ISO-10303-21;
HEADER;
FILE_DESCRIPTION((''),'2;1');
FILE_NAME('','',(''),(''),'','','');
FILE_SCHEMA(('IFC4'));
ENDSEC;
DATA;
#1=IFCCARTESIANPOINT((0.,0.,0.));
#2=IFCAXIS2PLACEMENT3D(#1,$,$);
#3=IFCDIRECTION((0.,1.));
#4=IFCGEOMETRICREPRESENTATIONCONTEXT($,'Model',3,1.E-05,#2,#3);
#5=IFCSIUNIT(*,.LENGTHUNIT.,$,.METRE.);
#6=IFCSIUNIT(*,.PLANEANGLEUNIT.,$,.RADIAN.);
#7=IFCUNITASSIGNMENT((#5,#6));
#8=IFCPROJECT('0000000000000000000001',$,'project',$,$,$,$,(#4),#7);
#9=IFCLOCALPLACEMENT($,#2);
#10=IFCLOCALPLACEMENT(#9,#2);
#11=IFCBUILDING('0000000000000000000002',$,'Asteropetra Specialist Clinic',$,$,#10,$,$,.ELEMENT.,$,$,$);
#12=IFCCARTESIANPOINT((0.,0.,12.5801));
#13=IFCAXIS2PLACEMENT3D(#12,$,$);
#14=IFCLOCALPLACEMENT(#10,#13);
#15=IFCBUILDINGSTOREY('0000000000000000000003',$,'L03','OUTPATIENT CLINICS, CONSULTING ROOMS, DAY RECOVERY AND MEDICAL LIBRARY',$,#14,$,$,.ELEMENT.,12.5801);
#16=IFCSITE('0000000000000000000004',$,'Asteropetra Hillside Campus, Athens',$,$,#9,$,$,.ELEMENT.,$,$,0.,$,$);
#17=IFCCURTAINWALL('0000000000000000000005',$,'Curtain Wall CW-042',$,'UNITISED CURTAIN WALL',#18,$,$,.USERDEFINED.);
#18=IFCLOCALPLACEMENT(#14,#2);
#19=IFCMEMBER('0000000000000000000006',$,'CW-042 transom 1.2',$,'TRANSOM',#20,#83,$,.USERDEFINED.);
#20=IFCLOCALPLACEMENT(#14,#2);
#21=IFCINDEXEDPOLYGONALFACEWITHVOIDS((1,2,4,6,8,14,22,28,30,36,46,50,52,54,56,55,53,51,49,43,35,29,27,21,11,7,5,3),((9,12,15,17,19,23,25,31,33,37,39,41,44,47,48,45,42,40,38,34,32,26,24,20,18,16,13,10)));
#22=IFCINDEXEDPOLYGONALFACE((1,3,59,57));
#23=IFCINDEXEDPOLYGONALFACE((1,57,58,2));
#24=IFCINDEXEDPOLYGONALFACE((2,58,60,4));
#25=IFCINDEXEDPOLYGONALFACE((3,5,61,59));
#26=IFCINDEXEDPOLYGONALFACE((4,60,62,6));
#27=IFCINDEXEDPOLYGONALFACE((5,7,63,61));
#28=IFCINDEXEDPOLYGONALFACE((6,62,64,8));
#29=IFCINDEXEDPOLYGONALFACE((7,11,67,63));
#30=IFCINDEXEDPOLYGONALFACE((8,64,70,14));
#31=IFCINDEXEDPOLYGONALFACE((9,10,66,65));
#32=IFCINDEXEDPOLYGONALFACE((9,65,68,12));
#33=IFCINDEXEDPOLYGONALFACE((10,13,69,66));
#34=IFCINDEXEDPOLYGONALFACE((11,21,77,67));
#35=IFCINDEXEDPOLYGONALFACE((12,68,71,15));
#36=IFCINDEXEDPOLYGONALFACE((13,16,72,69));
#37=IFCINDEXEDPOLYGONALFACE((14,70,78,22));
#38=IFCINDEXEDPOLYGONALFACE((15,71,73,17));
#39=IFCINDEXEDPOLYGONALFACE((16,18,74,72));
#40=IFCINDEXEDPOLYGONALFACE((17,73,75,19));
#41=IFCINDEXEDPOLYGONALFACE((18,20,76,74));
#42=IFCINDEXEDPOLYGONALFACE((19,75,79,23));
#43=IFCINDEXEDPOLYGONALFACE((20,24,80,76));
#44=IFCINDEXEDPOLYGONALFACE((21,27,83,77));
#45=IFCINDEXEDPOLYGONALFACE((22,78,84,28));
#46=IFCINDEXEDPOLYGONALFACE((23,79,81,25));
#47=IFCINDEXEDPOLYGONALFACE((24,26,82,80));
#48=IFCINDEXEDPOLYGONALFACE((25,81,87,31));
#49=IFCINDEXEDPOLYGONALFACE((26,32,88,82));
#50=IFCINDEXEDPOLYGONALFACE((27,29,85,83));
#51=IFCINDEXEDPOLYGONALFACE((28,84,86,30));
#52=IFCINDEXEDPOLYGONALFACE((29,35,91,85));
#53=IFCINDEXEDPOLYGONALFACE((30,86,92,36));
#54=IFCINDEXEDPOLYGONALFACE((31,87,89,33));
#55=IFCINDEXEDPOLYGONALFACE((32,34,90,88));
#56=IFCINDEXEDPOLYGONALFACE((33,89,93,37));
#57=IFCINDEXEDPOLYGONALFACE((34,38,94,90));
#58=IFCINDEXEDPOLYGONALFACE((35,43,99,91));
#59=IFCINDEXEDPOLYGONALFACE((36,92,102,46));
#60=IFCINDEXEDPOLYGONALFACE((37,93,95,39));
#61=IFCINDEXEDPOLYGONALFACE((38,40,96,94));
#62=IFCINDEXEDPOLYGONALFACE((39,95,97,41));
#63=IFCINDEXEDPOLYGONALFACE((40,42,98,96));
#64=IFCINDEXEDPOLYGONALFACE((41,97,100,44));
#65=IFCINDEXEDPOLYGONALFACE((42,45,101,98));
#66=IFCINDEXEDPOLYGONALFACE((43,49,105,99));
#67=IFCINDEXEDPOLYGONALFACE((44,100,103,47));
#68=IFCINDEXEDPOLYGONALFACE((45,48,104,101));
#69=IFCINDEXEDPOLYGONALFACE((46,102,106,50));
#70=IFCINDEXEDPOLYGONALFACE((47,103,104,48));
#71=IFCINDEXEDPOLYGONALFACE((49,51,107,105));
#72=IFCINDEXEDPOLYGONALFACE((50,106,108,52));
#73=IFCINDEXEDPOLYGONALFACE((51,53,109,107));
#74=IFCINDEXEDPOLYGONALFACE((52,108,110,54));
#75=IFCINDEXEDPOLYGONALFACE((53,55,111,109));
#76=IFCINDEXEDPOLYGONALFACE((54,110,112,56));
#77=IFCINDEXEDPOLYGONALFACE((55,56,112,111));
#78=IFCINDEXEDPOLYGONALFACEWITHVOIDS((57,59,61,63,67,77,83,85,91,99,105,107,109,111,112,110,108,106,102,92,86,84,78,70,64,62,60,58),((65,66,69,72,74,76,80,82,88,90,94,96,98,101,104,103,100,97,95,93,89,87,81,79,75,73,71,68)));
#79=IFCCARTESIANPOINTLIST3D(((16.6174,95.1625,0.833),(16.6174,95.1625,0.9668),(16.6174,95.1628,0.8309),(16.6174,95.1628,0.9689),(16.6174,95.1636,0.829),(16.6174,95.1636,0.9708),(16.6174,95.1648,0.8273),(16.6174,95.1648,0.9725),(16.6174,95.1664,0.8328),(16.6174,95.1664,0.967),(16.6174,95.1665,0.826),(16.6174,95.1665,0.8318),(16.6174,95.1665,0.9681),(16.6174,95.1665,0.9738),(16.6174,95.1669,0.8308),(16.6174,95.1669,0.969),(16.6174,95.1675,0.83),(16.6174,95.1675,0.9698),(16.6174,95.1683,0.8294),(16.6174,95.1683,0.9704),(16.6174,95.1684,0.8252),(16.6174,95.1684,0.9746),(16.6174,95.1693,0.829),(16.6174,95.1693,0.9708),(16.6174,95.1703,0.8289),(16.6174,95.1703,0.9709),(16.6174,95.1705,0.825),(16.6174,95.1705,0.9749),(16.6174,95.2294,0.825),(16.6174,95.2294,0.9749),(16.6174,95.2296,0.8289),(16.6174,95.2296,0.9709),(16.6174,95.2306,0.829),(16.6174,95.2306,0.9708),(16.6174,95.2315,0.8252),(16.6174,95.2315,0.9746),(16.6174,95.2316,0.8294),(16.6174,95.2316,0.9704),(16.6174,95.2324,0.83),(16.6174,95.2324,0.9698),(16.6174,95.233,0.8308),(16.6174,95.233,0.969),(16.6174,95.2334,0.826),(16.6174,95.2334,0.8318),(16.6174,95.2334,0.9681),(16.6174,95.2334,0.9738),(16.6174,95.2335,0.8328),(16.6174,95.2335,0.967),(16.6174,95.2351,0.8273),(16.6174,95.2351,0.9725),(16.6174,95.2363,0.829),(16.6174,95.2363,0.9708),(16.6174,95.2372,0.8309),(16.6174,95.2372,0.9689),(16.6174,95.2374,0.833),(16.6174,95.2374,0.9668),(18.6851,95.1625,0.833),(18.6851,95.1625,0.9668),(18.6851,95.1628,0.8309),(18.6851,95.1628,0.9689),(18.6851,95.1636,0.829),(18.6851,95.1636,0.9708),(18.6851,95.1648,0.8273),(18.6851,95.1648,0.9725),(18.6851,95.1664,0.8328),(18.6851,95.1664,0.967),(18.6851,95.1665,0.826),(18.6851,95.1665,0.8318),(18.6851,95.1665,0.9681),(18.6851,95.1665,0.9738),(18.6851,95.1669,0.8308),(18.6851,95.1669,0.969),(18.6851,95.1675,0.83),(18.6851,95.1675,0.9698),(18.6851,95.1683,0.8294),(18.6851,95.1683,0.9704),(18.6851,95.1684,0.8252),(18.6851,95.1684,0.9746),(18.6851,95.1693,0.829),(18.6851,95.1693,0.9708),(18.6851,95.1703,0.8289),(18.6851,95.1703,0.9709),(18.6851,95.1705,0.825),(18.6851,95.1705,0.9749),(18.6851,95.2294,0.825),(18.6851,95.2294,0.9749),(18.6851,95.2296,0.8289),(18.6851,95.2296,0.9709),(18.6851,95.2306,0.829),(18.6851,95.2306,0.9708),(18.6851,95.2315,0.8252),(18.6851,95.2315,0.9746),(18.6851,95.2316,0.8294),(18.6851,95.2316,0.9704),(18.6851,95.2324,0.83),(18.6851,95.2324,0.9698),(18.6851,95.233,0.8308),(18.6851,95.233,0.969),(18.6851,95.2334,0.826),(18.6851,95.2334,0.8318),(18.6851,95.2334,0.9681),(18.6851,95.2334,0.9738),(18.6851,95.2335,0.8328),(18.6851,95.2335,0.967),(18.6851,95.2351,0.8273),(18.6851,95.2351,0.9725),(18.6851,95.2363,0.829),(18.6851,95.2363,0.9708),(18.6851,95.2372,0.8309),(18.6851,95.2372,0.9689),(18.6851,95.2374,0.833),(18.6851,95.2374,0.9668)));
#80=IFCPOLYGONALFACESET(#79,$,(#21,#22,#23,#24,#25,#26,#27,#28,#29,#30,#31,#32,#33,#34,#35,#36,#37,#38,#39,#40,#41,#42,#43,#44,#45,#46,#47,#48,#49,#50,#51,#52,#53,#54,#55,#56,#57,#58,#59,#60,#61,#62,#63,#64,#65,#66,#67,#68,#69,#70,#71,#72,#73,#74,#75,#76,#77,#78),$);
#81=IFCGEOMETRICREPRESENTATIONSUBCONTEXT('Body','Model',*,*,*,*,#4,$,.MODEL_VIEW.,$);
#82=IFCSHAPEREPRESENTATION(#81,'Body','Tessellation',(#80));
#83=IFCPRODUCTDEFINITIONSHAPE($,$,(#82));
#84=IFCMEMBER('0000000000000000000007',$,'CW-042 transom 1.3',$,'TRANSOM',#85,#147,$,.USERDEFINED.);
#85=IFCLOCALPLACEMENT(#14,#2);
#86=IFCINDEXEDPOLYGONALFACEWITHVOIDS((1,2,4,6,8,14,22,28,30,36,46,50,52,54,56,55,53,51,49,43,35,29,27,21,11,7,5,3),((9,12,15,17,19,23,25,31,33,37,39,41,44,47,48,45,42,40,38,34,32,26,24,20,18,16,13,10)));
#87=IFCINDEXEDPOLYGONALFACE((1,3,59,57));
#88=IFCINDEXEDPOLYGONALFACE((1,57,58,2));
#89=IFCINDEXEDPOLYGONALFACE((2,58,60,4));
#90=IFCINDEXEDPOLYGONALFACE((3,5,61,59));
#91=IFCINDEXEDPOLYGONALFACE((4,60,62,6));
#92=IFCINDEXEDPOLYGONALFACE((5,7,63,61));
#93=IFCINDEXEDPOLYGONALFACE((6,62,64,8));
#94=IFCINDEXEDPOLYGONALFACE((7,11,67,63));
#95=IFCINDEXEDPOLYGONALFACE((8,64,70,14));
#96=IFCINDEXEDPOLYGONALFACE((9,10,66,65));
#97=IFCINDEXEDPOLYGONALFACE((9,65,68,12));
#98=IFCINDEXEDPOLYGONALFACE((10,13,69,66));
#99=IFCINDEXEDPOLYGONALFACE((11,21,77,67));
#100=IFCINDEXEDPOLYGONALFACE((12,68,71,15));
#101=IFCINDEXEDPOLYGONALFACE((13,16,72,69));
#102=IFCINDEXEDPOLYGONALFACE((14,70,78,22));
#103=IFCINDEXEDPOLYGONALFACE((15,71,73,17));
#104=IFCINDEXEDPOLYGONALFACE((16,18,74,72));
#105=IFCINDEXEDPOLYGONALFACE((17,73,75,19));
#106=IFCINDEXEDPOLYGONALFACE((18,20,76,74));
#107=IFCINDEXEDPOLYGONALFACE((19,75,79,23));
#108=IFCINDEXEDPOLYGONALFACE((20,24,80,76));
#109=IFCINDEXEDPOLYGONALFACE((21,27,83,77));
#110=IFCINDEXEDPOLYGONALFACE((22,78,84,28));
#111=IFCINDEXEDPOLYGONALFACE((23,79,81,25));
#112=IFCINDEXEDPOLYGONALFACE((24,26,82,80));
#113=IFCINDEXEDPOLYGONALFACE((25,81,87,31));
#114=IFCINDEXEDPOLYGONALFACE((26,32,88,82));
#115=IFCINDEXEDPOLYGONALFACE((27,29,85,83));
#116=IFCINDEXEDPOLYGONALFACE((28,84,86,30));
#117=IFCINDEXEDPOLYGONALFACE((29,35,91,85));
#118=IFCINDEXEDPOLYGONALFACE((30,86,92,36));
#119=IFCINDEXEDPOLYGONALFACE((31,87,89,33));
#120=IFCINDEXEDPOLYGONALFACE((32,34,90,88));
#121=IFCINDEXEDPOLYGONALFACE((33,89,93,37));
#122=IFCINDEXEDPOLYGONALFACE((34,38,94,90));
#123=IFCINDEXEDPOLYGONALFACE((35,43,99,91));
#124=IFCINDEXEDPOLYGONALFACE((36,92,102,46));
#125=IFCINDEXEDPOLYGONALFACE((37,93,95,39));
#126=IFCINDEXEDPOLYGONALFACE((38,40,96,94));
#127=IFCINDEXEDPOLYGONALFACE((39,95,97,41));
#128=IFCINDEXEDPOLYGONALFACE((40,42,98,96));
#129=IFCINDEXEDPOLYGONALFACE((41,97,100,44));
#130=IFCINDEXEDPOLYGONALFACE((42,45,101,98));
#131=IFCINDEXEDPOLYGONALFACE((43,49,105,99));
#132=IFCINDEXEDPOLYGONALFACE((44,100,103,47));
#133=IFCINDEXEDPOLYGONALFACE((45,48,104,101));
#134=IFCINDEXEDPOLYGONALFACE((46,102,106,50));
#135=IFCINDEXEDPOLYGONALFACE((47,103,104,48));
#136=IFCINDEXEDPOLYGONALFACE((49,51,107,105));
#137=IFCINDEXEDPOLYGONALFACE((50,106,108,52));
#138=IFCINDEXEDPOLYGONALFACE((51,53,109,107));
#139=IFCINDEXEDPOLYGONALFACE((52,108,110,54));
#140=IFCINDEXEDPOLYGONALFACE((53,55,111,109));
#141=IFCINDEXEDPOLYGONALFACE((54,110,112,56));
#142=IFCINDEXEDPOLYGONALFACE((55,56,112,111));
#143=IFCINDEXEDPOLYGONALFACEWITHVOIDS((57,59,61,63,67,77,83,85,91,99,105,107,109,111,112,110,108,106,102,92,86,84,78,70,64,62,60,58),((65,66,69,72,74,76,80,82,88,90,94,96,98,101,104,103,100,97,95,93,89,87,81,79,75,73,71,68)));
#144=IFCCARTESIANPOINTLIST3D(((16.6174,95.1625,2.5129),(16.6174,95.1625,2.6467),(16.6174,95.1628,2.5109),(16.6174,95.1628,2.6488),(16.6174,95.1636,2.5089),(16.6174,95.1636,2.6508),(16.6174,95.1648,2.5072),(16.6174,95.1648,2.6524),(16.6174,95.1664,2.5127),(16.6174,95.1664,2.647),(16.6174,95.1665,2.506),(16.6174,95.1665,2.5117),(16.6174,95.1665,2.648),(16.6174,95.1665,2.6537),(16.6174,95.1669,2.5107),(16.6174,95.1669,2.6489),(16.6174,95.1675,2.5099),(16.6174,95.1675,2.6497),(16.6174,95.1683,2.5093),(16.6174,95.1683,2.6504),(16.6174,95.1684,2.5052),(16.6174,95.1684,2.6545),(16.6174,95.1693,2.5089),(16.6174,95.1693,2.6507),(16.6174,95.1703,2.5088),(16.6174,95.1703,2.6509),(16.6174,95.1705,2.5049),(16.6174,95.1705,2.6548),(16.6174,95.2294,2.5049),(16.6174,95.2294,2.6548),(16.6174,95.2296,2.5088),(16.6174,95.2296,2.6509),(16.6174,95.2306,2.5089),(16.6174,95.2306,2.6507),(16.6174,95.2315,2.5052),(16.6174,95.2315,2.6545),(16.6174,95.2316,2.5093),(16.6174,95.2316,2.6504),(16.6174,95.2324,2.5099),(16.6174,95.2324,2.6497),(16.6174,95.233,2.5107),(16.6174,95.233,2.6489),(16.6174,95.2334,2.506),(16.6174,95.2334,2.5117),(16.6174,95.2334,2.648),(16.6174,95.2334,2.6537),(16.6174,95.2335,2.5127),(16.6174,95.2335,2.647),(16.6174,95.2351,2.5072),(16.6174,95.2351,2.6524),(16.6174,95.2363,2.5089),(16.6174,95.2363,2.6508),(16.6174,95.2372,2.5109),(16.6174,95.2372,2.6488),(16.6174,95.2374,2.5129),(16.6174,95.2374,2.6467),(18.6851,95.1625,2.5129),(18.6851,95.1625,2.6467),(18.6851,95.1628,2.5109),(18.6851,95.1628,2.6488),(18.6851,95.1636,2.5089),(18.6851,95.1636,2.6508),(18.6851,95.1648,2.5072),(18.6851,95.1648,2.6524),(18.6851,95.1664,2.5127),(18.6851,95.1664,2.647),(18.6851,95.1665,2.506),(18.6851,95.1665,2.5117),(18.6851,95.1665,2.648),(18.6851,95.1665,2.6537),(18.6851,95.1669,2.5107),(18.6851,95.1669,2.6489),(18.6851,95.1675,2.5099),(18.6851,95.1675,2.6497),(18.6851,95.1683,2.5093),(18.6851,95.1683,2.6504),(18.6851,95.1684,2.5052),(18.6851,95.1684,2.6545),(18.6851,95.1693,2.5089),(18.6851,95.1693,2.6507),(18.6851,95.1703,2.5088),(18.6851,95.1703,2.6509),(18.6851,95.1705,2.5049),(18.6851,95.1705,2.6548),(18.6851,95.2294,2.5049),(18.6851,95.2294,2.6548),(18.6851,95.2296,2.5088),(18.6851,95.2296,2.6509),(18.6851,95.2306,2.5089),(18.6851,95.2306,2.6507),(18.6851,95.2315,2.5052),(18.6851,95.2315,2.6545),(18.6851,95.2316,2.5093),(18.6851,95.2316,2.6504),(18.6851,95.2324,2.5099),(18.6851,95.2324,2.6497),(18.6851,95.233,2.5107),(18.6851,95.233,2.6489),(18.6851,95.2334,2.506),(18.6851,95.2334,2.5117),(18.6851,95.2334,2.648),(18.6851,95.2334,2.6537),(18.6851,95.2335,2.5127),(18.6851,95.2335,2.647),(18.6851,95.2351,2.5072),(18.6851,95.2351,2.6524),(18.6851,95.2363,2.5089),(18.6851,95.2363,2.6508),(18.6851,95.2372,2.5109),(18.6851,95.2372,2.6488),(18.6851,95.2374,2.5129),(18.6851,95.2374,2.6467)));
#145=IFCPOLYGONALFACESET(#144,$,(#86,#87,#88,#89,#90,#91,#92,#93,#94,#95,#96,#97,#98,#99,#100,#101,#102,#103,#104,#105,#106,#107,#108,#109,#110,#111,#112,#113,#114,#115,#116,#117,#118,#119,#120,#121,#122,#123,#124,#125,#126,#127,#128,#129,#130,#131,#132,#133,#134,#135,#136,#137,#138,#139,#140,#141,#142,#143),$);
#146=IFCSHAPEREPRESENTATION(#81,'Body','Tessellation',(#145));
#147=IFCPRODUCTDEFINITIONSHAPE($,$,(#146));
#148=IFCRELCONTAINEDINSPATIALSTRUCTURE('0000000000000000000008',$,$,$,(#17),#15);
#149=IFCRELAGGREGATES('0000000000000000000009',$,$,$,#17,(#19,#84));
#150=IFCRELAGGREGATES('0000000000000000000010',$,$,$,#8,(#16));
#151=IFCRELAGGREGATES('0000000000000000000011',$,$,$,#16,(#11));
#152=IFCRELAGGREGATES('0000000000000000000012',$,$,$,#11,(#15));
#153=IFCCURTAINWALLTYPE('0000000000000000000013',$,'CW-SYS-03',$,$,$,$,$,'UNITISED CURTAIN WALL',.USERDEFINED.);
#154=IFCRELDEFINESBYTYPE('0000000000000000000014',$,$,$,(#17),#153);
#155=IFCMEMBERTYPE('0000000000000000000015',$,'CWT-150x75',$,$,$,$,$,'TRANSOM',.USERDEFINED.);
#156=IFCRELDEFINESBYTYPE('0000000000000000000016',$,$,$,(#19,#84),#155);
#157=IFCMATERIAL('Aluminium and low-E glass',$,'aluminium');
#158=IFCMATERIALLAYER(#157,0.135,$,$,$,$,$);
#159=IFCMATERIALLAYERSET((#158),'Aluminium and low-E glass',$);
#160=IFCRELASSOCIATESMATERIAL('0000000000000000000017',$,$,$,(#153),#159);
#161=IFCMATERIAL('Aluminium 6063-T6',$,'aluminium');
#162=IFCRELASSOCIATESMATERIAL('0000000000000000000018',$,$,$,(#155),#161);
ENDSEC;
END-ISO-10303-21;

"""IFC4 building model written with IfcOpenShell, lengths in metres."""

from ifc_helpers import new_model, si_unit, direction, frame, origin, origin_2d, place, context, subcontext, project, spatial, hollow_rectangle, extrude, material, layer, layer_set, material_profile, profile_set, type_object, element, aggregate, save


model = new_model("IFC4")

# Units and contexts
model_context = context("Model", 3, precision=1e-05, world=origin(), true_north=direction((0.0, 1.0)))
body_context = subcontext(model_context, "Body", "Model", "MODEL_VIEW")
ifc_project = project(units=[si_unit("LENGTHUNIT", "METRE"), si_unit("PLANEANGLEUNIT", "RADIAN")], contexts=[model_context])

# Site, building, storey
site_placement = place(None, origin())
site = spatial("IfcSite", under=ifc_project, at=site_placement, Name="Asteropetra Hillside Campus, Athens", CompositionType="ELEMENT", RefElevation=0.0)
building_placement = place(site_placement, origin())
building = spatial("IfcBuilding", under=site, at=building_placement, Name="Asteropetra Specialist Clinic", CompositionType="ELEMENT")
storey_placement = place(building_placement, frame((0.0, 0.0, 12.5801)))
storey = spatial("IfcBuildingStorey", under=building, at=storey_placement, Name="L03", Description="OUTPATIENT CLINICS, CONSULTING ROOMS, DAY RECOVERY AND MEDICAL LIBRARY", CompositionType="ELEMENT", Elevation=12.5801)

# Curtain wall
ifc_material_1 = material(Name="Aluminium and low-E glass", Category="aluminium")
ifc_layer_1 = layer(ifc_material_1, 0.135)
ifc_layer_set_1 = layer_set([ifc_layer_1], Name="Aluminium and low-E glass")
curtain_wall_type_1 = type_object("IfcCurtainWallType", Name="CW-SYS-03", ElementType="UNITISED CURTAIN WALL", PredefinedType="USERDEFINED", material=ifc_layer_set_1)
curtain_wall_1_placement = place(storey_placement, origin())
curtain_wall_1 = element("IfcCurtainWall", 1, at=curtain_wall_1_placement, inside=storey, type_object=curtain_wall_type_1, Name="Curtain Wall CW-042", ObjectType="UNITISED CURTAIN WALL", PredefinedType="USERDEFINED")

# Members
ifc_material_2 = material(Name="Aluminium 6063-T6", Category="aluminium")
ifc_material_profile_1 = material_profile(ifc_material_2, hollow_rectangle(XDim=0.075, YDim=0.1499, WallThickness=0.0039, InnerFilletRadius=0.0039, OuterFilletRadius=0.0081, at=origin_2d()), Name="TRN 150x75x4.0")
ifc_profile_set_1 = profile_set([ifc_material_profile_1], Name="Aluminium 6063-T6")
member_type_1 = type_object("IfcMemberType", Name="CWT-150x75", ElementType="TRANSOM", PredefinedType="USERDEFINED", material=ifc_profile_set_1)
member_1_placement = place(storey_placement, frame((18.6851, 95.2, 0.8999), z_axis=(-1.0, 0.0, 0.0), x_axis=(0.0, -1.0, 0.0)))
member_1 = element("IfcMember", 2, at=member_1_placement, type_object=member_type_1, Name="CW-042 transom 1.2", ObjectType="TRANSOM", PredefinedType="USERDEFINED", context=body_context, shape_type="SweptSolid", body=[
    extrude(hollow_rectangle(XDim=0.075, YDim=0.1499, WallThickness=0.0039, InnerFilletRadius=0.0039, OuterFilletRadius=0.0081, at=origin_2d()), origin(), (0.0, 0.0, 1.0), 2.0676),
])
member_2_placement = place(storey_placement, frame((18.6851, 95.2, 2.5798), z_axis=(-1.0, 0.0, 0.0), x_axis=(0.0, -1.0, 0.0)))
member_2 = element("IfcMember", 3, at=member_2_placement, type_object=member_type_1, Name="CW-042 transom 1.3", ObjectType="TRANSOM", PredefinedType="USERDEFINED", context=body_context, shape_type="SweptSolid", body=[
    extrude(hollow_rectangle(XDim=0.075, YDim=0.1499, WallThickness=0.0039, InnerFilletRadius=0.0039, OuterFilletRadius=0.0081, at=origin_2d()), origin(), (0.0, 0.0, 1.0), 2.0676),
])

aggregate(curtain_wall_1, [member_1, member_2])

save(model, "model.ifc")
